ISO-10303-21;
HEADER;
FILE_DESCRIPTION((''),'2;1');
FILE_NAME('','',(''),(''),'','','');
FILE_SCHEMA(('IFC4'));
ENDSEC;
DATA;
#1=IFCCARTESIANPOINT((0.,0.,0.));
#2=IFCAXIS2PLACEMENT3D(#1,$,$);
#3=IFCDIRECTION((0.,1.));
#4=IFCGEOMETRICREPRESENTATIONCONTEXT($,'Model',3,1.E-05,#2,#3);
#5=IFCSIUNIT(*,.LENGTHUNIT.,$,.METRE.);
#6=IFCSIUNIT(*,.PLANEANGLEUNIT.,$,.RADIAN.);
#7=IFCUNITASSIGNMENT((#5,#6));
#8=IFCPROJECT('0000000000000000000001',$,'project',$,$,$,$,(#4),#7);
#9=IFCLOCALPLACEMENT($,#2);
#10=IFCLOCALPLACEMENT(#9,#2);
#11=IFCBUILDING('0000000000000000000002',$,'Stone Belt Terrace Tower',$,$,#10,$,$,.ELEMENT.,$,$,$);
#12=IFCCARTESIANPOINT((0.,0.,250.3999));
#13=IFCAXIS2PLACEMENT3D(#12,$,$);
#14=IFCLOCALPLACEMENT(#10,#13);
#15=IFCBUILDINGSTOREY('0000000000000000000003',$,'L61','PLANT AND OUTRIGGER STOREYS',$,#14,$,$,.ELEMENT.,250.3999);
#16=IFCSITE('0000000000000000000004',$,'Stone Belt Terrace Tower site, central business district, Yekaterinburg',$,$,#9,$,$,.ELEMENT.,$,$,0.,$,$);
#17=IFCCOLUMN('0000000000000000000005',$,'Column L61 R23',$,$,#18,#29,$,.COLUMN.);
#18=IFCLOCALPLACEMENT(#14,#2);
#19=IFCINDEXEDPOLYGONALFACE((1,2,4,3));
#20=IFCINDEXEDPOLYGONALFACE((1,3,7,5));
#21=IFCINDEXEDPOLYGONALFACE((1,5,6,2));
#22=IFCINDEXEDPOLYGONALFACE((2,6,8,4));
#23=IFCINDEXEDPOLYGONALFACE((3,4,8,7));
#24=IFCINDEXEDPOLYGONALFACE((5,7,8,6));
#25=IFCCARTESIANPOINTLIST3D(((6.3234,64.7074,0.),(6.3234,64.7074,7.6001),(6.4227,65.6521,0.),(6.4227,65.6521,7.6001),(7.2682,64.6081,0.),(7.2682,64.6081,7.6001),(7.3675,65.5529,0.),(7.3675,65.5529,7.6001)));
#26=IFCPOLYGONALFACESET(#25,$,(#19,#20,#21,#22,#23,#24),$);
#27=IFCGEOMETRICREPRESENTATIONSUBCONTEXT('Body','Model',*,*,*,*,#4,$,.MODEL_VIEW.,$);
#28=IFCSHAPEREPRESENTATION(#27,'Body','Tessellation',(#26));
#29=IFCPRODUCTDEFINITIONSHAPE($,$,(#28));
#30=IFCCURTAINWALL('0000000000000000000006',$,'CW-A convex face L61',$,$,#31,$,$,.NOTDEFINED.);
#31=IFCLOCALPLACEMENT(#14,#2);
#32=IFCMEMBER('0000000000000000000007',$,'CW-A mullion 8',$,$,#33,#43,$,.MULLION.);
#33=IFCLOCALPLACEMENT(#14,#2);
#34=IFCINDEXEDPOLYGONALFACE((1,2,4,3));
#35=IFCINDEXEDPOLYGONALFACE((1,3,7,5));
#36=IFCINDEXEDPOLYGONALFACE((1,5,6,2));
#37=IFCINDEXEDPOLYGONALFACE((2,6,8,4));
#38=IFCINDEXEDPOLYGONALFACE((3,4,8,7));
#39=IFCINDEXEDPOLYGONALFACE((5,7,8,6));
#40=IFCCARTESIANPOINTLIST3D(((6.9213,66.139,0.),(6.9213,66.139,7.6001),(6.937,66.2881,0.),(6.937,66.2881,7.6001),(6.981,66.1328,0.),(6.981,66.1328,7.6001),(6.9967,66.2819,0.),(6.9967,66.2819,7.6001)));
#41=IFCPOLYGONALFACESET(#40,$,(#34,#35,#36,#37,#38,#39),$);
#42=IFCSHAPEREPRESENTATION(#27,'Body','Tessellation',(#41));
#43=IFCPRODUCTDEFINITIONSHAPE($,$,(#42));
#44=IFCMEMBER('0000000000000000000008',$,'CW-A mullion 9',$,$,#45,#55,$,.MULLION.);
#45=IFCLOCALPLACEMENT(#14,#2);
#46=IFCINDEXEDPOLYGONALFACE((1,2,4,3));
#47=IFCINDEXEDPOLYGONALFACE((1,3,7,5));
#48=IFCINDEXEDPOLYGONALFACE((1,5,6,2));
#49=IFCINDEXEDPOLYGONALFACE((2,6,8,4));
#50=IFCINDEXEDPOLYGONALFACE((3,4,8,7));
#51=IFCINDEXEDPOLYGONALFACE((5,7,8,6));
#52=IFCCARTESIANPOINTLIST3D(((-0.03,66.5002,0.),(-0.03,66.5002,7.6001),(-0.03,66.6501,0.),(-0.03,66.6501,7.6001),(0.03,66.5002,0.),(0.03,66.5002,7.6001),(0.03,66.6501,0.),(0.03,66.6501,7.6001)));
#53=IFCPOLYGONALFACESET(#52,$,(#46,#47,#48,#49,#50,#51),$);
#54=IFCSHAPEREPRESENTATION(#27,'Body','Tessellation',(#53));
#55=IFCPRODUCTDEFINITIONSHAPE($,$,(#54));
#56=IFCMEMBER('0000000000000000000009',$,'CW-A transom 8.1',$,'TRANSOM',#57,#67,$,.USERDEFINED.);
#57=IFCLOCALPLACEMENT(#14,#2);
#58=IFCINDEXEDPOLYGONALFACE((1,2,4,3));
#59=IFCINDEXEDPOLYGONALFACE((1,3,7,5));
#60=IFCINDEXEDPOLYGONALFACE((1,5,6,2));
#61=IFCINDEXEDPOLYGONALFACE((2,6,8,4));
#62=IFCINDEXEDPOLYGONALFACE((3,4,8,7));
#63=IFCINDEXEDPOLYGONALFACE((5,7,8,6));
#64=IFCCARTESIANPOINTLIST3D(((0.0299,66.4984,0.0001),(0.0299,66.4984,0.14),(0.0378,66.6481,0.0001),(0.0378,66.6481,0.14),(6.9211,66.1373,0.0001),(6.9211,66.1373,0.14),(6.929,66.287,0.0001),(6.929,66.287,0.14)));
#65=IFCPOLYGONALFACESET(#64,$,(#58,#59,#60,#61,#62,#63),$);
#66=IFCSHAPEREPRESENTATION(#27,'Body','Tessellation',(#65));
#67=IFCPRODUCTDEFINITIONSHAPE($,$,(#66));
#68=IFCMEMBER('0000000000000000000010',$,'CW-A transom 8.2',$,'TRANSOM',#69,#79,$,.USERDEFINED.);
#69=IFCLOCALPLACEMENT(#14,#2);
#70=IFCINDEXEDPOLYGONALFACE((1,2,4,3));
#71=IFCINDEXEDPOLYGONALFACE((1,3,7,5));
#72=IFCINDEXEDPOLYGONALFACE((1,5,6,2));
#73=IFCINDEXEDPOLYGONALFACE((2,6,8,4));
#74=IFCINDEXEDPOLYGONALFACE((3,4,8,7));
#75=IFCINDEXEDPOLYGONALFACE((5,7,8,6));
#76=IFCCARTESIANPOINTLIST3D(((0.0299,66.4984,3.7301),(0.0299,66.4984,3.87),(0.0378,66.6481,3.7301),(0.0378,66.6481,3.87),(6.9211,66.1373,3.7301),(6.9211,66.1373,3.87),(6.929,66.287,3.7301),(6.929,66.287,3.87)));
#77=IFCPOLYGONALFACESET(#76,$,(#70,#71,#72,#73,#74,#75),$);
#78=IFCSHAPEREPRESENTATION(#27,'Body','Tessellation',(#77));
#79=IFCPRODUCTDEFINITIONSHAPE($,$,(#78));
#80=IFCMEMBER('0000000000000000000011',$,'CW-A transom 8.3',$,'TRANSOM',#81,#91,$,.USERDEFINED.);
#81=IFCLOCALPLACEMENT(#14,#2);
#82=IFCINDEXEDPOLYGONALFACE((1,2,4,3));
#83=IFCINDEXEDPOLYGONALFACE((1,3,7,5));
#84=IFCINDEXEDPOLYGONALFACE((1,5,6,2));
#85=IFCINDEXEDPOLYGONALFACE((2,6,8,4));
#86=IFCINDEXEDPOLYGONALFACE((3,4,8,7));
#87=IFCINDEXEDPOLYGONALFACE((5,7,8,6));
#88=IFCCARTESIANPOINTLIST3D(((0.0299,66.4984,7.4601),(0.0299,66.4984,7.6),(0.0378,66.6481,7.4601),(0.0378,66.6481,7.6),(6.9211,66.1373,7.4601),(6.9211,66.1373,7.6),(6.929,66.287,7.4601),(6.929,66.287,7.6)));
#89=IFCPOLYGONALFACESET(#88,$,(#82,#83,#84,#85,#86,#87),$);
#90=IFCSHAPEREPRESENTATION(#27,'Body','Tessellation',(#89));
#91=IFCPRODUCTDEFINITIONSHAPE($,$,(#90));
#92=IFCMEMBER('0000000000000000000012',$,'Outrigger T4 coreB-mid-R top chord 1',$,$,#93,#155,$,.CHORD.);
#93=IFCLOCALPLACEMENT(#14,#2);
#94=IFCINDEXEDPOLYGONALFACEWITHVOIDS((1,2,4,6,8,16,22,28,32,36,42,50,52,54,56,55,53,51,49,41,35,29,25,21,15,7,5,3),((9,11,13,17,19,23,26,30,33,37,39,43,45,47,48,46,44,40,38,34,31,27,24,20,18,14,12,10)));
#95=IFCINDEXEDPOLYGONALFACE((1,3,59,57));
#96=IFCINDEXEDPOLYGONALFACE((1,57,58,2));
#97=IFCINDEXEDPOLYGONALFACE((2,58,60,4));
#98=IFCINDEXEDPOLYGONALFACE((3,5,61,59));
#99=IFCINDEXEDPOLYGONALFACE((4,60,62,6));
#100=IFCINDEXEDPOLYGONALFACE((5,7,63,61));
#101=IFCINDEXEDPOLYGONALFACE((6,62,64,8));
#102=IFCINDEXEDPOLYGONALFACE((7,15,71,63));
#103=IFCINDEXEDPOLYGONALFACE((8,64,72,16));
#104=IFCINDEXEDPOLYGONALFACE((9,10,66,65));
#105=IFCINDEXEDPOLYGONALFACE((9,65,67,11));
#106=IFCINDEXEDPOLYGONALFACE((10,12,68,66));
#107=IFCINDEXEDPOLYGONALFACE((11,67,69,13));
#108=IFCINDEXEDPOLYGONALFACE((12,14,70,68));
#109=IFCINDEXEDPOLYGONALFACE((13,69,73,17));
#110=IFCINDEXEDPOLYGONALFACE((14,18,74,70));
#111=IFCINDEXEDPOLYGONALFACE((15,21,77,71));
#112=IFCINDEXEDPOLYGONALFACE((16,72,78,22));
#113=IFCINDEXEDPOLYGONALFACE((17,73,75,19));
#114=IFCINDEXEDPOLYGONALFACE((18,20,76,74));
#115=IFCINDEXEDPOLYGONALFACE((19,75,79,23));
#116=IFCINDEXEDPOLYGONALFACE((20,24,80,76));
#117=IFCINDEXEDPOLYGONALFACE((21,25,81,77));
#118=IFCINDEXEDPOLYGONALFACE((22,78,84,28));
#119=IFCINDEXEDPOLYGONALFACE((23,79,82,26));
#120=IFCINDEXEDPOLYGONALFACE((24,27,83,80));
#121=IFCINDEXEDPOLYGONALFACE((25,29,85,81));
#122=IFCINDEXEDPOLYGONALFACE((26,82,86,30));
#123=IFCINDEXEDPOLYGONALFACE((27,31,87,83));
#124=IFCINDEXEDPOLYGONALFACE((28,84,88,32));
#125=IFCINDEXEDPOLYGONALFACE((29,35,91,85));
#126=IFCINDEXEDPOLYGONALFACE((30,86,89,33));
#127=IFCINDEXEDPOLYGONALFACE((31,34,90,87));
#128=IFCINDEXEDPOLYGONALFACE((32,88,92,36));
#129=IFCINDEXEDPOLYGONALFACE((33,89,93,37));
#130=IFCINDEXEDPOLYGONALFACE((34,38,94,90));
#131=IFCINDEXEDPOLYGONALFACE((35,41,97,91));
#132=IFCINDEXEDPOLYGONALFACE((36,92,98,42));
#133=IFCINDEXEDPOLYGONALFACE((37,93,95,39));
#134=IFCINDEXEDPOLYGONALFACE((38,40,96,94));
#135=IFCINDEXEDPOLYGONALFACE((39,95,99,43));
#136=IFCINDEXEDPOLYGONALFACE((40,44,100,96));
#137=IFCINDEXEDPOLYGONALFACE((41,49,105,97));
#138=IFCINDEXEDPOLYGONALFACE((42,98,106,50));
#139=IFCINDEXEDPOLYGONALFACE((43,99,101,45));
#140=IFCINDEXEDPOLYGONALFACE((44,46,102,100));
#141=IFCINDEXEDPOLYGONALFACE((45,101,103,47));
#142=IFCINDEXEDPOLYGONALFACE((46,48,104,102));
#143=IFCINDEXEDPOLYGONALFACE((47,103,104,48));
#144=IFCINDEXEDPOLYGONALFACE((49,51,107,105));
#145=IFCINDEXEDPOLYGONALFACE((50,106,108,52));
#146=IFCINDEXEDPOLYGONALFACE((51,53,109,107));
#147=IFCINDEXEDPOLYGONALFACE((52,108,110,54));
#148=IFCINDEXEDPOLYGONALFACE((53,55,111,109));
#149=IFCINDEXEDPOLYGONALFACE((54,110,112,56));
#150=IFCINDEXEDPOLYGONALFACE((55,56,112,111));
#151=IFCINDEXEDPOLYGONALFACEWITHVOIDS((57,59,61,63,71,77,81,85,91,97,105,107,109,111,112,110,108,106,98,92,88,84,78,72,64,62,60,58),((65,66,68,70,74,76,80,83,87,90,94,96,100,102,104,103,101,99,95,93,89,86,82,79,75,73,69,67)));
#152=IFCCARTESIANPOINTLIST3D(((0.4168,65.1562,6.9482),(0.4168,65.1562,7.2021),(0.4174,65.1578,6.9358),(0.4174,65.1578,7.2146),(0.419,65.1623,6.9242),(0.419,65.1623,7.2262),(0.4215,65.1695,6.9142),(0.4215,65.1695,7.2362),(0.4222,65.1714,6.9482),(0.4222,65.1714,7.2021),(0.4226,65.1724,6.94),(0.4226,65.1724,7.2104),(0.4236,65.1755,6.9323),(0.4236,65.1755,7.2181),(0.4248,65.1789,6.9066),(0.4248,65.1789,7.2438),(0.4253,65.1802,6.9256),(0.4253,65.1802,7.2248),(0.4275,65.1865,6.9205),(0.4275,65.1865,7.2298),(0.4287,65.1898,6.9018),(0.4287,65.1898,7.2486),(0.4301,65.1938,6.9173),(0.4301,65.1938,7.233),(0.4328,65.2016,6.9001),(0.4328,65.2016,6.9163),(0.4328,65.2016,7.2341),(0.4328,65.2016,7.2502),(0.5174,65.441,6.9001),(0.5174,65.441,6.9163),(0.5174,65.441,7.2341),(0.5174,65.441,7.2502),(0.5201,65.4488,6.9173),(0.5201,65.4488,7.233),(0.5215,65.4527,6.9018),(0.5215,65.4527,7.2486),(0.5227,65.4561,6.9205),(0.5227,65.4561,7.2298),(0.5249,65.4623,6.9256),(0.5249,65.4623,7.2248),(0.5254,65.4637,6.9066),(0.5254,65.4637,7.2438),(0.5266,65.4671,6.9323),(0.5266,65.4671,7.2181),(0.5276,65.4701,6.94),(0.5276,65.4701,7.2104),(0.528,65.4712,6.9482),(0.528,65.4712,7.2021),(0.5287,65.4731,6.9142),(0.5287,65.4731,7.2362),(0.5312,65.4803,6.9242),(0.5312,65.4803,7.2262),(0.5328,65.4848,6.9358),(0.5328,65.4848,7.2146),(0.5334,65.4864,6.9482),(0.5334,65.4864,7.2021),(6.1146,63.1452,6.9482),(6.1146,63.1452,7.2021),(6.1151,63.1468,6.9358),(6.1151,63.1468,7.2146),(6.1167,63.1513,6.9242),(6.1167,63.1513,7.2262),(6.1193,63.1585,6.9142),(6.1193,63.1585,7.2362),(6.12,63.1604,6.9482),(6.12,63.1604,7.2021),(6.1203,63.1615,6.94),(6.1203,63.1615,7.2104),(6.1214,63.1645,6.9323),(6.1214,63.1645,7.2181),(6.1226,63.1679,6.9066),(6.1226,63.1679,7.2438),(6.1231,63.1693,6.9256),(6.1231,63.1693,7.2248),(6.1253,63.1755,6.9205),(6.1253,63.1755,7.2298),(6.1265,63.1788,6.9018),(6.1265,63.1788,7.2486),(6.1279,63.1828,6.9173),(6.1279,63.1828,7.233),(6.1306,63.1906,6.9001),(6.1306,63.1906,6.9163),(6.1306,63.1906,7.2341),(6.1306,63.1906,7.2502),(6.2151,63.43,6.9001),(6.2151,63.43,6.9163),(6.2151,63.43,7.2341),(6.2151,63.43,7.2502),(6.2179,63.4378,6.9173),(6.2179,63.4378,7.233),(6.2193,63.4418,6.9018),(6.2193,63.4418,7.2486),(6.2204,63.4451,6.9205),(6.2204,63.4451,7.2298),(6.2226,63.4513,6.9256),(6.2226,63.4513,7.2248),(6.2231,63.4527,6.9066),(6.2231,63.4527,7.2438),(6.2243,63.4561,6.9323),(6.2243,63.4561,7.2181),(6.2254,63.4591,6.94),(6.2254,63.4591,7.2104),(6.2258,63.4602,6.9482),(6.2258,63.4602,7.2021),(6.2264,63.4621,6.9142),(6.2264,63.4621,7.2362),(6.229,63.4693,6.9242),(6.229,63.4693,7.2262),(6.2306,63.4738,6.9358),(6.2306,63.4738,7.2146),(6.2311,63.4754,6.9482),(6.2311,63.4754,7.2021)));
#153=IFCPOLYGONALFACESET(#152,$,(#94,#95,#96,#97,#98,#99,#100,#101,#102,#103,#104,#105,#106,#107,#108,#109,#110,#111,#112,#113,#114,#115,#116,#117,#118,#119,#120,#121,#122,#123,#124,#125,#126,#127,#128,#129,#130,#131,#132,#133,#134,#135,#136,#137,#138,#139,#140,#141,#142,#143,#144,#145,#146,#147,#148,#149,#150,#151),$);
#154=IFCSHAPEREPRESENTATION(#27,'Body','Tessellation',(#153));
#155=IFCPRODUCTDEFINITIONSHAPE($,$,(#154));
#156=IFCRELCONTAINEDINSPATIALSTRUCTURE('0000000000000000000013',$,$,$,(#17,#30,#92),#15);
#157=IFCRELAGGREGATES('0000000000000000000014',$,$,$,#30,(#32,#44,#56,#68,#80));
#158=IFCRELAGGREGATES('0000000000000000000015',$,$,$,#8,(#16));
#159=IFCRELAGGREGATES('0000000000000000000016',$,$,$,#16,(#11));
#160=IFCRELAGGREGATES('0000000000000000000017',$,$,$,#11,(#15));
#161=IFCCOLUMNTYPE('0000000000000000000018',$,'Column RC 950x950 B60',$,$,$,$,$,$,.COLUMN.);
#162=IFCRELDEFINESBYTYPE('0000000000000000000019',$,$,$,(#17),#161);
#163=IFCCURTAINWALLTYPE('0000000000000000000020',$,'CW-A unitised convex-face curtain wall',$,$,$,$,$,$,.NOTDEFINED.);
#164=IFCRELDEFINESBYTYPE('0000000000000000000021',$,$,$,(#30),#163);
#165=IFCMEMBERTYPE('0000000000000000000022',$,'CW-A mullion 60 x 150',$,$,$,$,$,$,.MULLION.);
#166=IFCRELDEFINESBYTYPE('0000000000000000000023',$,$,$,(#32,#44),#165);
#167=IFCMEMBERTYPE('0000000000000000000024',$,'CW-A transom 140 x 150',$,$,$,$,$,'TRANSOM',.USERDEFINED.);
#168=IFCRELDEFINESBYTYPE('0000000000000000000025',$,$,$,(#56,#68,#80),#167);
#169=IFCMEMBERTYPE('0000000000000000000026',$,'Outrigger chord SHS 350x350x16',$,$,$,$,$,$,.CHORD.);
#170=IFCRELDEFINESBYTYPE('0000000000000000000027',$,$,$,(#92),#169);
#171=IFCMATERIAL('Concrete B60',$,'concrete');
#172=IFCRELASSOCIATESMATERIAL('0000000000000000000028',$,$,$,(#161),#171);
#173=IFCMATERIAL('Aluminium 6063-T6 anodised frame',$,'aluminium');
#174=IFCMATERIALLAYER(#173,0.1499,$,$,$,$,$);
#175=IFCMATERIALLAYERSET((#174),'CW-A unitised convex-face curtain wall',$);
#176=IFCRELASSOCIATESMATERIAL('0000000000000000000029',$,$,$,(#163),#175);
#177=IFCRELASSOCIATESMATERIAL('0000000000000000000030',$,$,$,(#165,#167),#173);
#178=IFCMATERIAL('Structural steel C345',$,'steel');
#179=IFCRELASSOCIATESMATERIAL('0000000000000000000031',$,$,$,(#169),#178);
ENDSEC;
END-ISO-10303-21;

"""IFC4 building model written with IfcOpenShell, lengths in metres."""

from ifc_helpers import new_model, si_unit, direction, frame, origin, origin_2d, place, context, subcontext, project, spatial, rectangle, hollow_rectangle, extrude, material, layer, layer_set, material_profile, profile_set, type_object, element, aggregate, save


model = new_model("IFC4")

# Units and contexts
model_context = context("Model", 3, precision=1e-05, world=origin(), true_north=direction((0.0, 1.0)))
body_context = subcontext(model_context, "Body", "Model", "MODEL_VIEW")
ifc_project = project(units=[si_unit("LENGTHUNIT", "METRE"), si_unit("PLANEANGLEUNIT", "RADIAN")], contexts=[model_context])

# Site, building, storey
site_placement = place(None, origin())
site = spatial("IfcSite", under=ifc_project, at=site_placement, Name="Stone Belt Terrace Tower site, central business district, Yekaterinburg", CompositionType="ELEMENT", RefElevation=0.0)
building_placement = place(site_placement, origin())
building = spatial("IfcBuilding", under=site, at=building_placement, Name="Stone Belt Terrace Tower", CompositionType="ELEMENT")
storey_placement = place(building_placement, frame((0.0, 0.0, 250.3999)))
storey = spatial("IfcBuildingStorey", under=building, at=storey_placement, Name="L61", Description="PLANT AND OUTRIGGER STOREYS", CompositionType="ELEMENT", Elevation=250.3999)

# Column
ifc_material_1 = material(Name="Concrete B60", Category="concrete")
ifc_material_profile_1 = material_profile(ifc_material_1, rectangle(XDim=0.95, YDim=0.95, at=origin_2d()), Name="RC 950x950")
ifc_profile_set_1 = profile_set([ifc_material_profile_1], Name="Concrete B60")
column_type = type_object("IfcColumnType", Name="Column RC 950x950 B60", PredefinedType="COLUMN", material=ifc_profile_set_1)
column_placement = place(storey_placement, frame((6.8455, 65.1301, 0.0), z_axis=(0.0, 0.0, 1.0), x_axis=(0.994522, -0.104528, 0.0)))
element("IfcColumn", 1, at=column_placement, inside=storey, type_object=column_type, Name="Column L61 R23", PredefinedType="COLUMN", context=body_context, shape_type="SweptSolid", body=[
    extrude(rectangle(XDim=0.95, YDim=0.95, at=origin_2d()), origin(), (0.0, 0.0, 1.0), 7.6001),
])

# Curtain wall, members
ifc_material_2 = material(Name="Aluminium 6063-T6 anodised frame", Category="aluminium")
ifc_layer_1 = layer(ifc_material_2, 0.1499)
ifc_layer_set_1 = layer_set([ifc_layer_1], Name="CW-A unitised convex-face curtain wall")
curtain_wall_type = type_object("IfcCurtainWallType", Name="CW-A unitised convex-face curtain wall", PredefinedType="NOTDEFINED", material=ifc_layer_set_1)
curtain_wall_placement = place(storey_placement, origin())
curtain_wall = element("IfcCurtainWall", 2, at=curtain_wall_placement, inside=storey, type_object=curtain_wall_type, Name="CW-A convex face L61", PredefinedType="NOTDEFINED")
ifc_material_profile_2 = material_profile(ifc_material_2, rectangle(XDim=0.1499, YDim=0.0601, at=origin_2d()), Name="Aluminium 6063-T6 60x150")
ifc_profile_set_2 = profile_set([ifc_material_profile_2], Name="Aluminium 6063-T6 anodised frame")
member_type_1 = type_object("IfcMemberType", Name="CW-A mullion 60 x 150", PredefinedType="MULLION", material=ifc_profile_set_2)
member_1_placement = place(storey_placement, frame((6.959, 66.2104, 0.0), z_axis=(0.0, 0.0, 1.0), x_axis=(-0.104528, -0.994522, 0.0)))
member_1 = element("IfcMember", 3, at=member_1_placement, type_object=member_type_1, Name="CW-A mullion 8", PredefinedType="MULLION", context=body_context, shape_type="SweptSolid", body=[
    extrude(rectangle(XDim=0.1499, YDim=0.0601, at=origin_2d()), origin(), (0.0, 0.0, 1.0), 7.6001),
])
member_2_placement = place(storey_placement, frame((0.0, 66.5752, 0.0), z_axis=(0.0, 0.0, 1.0), x_axis=(0.0, -1.0, 0.0)))
member_2 = element("IfcMember", 4, at=member_2_placement, type_object=member_type_1, Name="CW-A mullion 9", PredefinedType="MULLION", context=body_context, shape_type="SweptSolid", body=[
    extrude(rectangle(XDim=0.1499, YDim=0.0601, at=origin_2d()), origin(), (0.0, 0.0, 1.0), 7.6001),
])
ifc_material_profile_3 = material_profile(ifc_material_2, rectangle(XDim=0.1499, YDim=0.1399, at=origin_2d()), Name="Aluminium 6063-T6 150x140")
ifc_profile_set_3 = profile_set([ifc_material_profile_3], Name="Aluminium 6063-T6 anodised frame")
member_type_2 = type_object("IfcMemberType", Name="CW-A transom 140 x 150", ElementType="TRANSOM", PredefinedType="USERDEFINED", material=ifc_profile_set_3)
member_3_placement = place(storey_placement, frame((6.925, 66.2122, 0.0701), z_axis=(-0.99863, 0.052327, 0.0), x_axis=(-0.052327, -0.99863, 0.0)))
member_3 = element("IfcMember", 5, at=member_3_placement, type_object=member_type_2, Name="CW-A transom 8.1", ObjectType="TRANSOM", PredefinedType="USERDEFINED", context=body_context, shape_type="SweptSolid", body=[
    extrude(rectangle(XDim=0.1499, YDim=0.1399, at=origin_2d()), origin(), (0.0, 0.0, 1.0), 6.9006),
])
member_4_placement = place(storey_placement, frame((6.925, 66.2122, 3.8), z_axis=(-0.99863, 0.052327, 0.0), x_axis=(-0.052327, -0.99863, 0.0)))
member_4 = element("IfcMember", 6, at=member_4_placement, type_object=member_type_2, Name="CW-A transom 8.2", ObjectType="TRANSOM", PredefinedType="USERDEFINED", context=body_context, shape_type="SweptSolid", body=[
    extrude(rectangle(XDim=0.1499, YDim=0.1399, at=origin_2d()), origin(), (0.0, 0.0, 1.0), 6.9006),
])
member_5_placement = place(storey_placement, frame((6.925, 66.2122, 7.53), z_axis=(-0.99863, 0.052327, 0.0), x_axis=(-0.052327, -0.99863, 0.0)))
member_5 = element("IfcMember", 7, at=member_5_placement, type_object=member_type_2, Name="CW-A transom 8.3", ObjectType="TRANSOM", PredefinedType="USERDEFINED", context=body_context, shape_type="SweptSolid", body=[
    extrude(rectangle(XDim=0.1499, YDim=0.1399, at=origin_2d()), origin(), (0.0, 0.0, 1.0), 6.9006),
])

# Member
ifc_material_3 = material(Name="Structural steel C345", Category="steel")
ifc_material_profile_4 = material_profile(ifc_material_3, hollow_rectangle(XDim=0.3501, YDim=0.3501, WallThickness=0.0161, InnerFilletRadius=0.032, OuterFilletRadius=0.0481, at=origin_2d()), Name="SHS 350x350x16")
ifc_profile_set_4 = profile_set([ifc_material_profile_4], Name="Structural steel C345")
member_type_3 = type_object("IfcMemberType", Name="Outrigger chord SHS 350x350x16", PredefinedType="CHORD", material=ifc_profile_set_4)
for number, where, z_axis, x_axis, name in (
    (8, (0.4751, 65.3213, 7.0752), (0.94299, -0.332822, 0.0), (0.332822, 0.94299, 0.0), "Outrigger T4 coreB-mid-R top chord 1"),
):
    element("IfcMember", number, at=place(storey_placement, frame(where, z_axis=z_axis, x_axis=x_axis)), inside=storey, type_object=member_type_3, Name=name, PredefinedType="CHORD", context=body_context, shape_type="SweptSolid", body=[
        extrude(hollow_rectangle(XDim=0.3501, YDim=0.3501, WallThickness=0.0161, InnerFilletRadius=0.032, OuterFilletRadius=0.0481, at=origin_2d()), origin(), (0.0, 0.0, 1.0), 6.0422),
    ])

aggregate(curtain_wall, [member_1, member_2, member_3, member_4, member_5])

save(model, "model.ifc")
